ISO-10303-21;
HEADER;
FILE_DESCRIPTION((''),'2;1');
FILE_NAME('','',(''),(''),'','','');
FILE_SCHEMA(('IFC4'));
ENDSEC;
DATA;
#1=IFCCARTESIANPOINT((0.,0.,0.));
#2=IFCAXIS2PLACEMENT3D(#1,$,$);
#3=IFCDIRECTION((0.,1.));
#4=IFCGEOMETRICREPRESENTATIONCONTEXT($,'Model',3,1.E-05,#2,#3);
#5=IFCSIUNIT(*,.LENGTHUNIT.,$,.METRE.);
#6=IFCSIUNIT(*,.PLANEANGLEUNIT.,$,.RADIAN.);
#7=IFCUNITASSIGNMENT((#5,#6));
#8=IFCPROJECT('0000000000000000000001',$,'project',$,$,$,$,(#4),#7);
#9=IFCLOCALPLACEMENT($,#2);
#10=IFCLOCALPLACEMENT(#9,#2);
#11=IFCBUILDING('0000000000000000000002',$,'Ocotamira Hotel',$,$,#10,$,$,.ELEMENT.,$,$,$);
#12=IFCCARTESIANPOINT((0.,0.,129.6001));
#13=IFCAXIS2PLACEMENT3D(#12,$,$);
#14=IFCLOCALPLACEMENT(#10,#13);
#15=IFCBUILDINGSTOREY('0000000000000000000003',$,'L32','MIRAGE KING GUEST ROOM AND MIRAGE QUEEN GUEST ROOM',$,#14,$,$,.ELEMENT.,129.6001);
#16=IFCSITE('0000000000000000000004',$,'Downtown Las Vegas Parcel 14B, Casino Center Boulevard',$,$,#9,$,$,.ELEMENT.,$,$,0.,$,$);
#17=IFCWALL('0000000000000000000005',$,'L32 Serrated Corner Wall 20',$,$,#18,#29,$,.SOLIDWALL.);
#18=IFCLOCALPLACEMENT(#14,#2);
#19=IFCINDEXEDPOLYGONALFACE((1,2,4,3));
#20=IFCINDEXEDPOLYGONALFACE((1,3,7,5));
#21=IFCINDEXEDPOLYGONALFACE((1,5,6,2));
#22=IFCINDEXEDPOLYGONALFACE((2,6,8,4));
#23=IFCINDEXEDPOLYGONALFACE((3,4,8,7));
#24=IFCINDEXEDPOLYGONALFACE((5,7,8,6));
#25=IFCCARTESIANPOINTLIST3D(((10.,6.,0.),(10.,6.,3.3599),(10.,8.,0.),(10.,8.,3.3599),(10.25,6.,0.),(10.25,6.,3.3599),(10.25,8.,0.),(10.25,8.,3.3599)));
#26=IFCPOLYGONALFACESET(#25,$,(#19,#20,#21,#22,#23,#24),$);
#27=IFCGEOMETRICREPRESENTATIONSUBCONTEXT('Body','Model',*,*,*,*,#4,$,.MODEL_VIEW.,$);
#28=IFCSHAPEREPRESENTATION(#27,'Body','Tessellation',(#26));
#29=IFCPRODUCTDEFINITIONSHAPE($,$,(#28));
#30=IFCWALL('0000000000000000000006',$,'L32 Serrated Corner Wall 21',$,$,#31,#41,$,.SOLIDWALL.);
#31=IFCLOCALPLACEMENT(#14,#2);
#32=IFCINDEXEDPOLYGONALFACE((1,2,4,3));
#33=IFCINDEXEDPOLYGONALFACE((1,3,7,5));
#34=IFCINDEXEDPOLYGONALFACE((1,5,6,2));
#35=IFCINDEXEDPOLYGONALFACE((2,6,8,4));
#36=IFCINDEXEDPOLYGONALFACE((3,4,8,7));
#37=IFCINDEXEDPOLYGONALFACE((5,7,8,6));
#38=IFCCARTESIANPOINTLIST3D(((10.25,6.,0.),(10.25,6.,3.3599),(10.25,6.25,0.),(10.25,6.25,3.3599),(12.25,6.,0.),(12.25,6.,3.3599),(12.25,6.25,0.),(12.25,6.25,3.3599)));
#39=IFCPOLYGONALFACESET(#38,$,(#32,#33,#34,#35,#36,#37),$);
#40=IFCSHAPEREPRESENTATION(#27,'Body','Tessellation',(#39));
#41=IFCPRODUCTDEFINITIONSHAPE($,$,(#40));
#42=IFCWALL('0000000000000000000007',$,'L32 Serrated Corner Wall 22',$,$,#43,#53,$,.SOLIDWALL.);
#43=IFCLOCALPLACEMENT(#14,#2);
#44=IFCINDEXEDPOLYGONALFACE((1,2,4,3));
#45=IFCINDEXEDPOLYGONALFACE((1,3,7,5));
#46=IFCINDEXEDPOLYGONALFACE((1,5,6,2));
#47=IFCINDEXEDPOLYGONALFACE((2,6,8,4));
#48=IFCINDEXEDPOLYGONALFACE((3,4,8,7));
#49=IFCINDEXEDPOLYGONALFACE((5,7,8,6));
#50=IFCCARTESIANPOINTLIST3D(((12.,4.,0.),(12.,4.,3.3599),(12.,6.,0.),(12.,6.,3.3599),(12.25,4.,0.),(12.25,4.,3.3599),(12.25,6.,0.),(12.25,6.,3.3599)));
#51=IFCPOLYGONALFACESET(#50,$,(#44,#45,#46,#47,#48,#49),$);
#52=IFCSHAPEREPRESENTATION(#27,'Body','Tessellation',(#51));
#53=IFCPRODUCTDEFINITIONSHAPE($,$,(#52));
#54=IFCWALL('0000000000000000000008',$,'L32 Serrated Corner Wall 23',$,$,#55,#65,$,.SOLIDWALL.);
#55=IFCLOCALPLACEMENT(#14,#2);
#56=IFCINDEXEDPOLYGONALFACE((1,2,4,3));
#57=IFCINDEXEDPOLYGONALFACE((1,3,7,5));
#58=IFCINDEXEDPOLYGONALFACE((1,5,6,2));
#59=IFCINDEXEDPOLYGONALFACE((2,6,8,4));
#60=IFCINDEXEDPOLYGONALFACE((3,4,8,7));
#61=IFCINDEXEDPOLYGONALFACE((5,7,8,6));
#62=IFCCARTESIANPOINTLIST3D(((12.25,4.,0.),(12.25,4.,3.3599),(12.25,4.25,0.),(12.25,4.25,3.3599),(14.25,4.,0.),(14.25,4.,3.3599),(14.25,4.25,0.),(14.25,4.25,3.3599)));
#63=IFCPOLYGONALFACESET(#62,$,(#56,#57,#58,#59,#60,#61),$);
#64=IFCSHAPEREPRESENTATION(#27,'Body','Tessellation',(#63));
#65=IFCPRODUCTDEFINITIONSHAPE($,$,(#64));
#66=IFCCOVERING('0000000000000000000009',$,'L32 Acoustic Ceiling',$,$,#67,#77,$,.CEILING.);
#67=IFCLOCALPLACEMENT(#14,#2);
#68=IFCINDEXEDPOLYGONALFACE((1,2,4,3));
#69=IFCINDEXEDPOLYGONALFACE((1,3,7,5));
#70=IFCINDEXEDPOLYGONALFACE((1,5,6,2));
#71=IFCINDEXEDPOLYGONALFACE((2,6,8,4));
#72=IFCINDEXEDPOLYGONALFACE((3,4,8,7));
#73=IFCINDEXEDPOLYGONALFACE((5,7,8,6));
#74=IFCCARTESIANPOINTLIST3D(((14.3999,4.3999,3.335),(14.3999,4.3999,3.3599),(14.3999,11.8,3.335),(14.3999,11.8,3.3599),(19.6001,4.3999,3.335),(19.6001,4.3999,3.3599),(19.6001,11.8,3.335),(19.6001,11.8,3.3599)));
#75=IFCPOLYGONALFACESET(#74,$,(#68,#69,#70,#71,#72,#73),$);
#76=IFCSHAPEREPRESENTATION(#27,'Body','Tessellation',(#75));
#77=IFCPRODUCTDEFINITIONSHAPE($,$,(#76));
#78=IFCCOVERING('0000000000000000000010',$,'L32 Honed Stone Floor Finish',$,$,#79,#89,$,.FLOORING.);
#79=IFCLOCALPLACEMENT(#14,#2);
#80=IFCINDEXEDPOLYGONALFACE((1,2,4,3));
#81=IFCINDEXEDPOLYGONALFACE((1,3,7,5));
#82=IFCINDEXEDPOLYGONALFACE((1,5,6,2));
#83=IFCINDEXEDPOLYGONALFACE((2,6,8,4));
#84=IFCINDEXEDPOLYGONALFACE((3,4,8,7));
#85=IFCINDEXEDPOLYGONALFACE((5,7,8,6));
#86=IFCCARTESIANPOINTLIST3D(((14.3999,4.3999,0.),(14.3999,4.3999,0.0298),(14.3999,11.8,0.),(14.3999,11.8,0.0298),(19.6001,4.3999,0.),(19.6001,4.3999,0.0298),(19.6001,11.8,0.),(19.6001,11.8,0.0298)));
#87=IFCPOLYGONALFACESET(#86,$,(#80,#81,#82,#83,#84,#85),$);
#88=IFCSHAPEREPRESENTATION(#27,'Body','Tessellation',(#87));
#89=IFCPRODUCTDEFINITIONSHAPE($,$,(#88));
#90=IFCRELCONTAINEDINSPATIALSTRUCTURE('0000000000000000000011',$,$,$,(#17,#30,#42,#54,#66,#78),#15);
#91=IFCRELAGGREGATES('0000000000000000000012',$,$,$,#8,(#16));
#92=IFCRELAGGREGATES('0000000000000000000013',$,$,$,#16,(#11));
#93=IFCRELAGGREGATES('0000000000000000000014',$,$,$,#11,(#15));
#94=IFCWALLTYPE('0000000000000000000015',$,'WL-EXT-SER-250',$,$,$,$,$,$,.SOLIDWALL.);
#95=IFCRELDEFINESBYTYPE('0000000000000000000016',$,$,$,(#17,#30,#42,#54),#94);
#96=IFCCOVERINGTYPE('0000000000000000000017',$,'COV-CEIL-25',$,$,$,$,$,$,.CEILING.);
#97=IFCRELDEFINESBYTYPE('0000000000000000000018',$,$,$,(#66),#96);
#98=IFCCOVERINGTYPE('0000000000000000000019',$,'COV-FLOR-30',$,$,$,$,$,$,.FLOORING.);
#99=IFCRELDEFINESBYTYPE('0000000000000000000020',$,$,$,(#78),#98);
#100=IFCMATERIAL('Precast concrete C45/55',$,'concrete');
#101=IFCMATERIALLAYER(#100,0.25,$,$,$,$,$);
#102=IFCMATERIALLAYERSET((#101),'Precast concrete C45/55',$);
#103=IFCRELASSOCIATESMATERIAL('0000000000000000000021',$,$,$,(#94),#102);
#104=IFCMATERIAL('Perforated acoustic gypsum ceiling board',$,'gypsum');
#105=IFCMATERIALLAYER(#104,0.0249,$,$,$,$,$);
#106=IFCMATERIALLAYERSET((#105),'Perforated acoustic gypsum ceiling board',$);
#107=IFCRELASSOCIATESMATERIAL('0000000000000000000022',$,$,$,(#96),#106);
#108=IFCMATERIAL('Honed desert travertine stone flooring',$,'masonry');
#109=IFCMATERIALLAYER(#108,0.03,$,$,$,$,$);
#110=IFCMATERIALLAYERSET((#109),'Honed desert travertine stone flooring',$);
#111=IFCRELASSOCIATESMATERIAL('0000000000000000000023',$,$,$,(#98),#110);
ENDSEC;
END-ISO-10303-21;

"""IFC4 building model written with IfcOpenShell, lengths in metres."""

from ifc_helpers import new_model, si_unit, direction, frame, frame_2d, origin, place, context, subcontext, project, spatial, polyline, rectangle, outline, extrude, material, layer, layer_set, type_object, element, save


model = new_model("IFC4")

# Units and contexts
model_context = context("Model", 3, precision=1e-05, world=origin(), true_north=direction((0.0, 1.0)))
body_context = subcontext(model_context, "Body", "Model", "MODEL_VIEW")
ifc_project = project(units=[si_unit("LENGTHUNIT", "METRE"), si_unit("PLANEANGLEUNIT", "RADIAN")], contexts=[model_context])

# Site, building, storey
site_placement = place(None, origin())
site = spatial("IfcSite", under=ifc_project, at=site_placement, Name="Downtown Las Vegas Parcel 14B, Casino Center Boulevard", CompositionType="ELEMENT", RefElevation=0.0)
building_placement = place(site_placement, origin())
building = spatial("IfcBuilding", under=site, at=building_placement, Name="Ocotamira Hotel", CompositionType="ELEMENT")
storey_placement = place(building_placement, frame((0.0, 0.0, 129.6001)))
storey = spatial("IfcBuildingStorey", under=building, at=storey_placement, Name="L32", Description="MIRAGE KING GUEST ROOM AND MIRAGE QUEEN GUEST ROOM", CompositionType="ELEMENT", Elevation=129.6001)

# Walls
ifc_material_1 = material(Name="Precast concrete C45/55", Category="concrete")
ifc_layer_1 = layer(ifc_material_1, 0.25)
ifc_layer_set_1 = layer_set([ifc_layer_1], Name="Precast concrete C45/55")
wall_type_1 = type_object("IfcWallType", Name="WL-EXT-SER-250", PredefinedType="SOLIDWALL", material=ifc_layer_set_1)
for number, where, z_axis, x_axis, name in (
    (1, (10.125, 8.0, 0.0), (0.0, 0.0, 1.0), (0.0, -1.0, 0.0), "L32 Serrated Corner Wall 20"),
    (2, (10.25, 6.125, 0.0), (0.0, 0.0, 1.0), (1.0, 0.0, 0.0), "L32 Serrated Corner Wall 21"),
    (3, (12.125, 6.0, 0.0), (0.0, 0.0, 1.0), (0.0, -1.0, 0.0), "L32 Serrated Corner Wall 22"),
    (4, (12.25, 4.125, 0.0), (0.0, 0.0, 1.0), (1.0, 0.0, 0.0), "L32 Serrated Corner Wall 23"),
):
    element("IfcWall", number, at=place(storey_placement, frame(where, z_axis=z_axis, x_axis=x_axis)), inside=storey, type_object=wall_type_1, Name=name, PredefinedType="SOLIDWALL", context=body_context, shape_type="SweptSolid", body=[
        extrude(rectangle(XDim=2.0, YDim=0.25, at=frame_2d((1.0, 0.0))), origin(), (0.0, 0.0, 1.0), 3.3599),
    ])

# Coverings
ifc_material_2 = material(Name="Perforated acoustic gypsum ceiling board", Category="gypsum")
ifc_layer_2 = layer(ifc_material_2, 0.0249)
ifc_layer_set_2 = layer_set([ifc_layer_2], Name="Perforated acoustic gypsum ceiling board")
covering_type_1 = type_object("IfcCoveringType", Name="COV-CEIL-25", PredefinedType="CEILING", material=ifc_layer_set_2)
covering_1_placement = place(storey_placement, frame((0.0, 0.0, 3.335)))
element("IfcCovering", 5, at=covering_1_placement, inside=storey, type_object=covering_type_1, Name="L32 Acoustic Ceiling", PredefinedType="CEILING", context=body_context, shape_type="SweptSolid", body=[
    extrude(outline(polyline([(14.3999, 4.3999), (19.6001, 4.3999), (19.6001, 11.8), (14.3999, 11.8), (14.3999, 4.3999)])), origin(), (0.0, 0.0, 1.0), 0.0249),
])
ifc_material_3 = material(Name="Honed desert travertine stone flooring", Category="masonry")
ifc_layer_3 = layer(ifc_material_3, 0.03)
ifc_layer_set_3 = layer_set([ifc_layer_3], Name="Honed desert travertine stone flooring")
covering_type_2 = type_object("IfcCoveringType", Name="COV-FLOR-30", PredefinedType="FLOORING", material=ifc_layer_set_3)
covering_2_placement = place(storey_placement, origin())
element("IfcCovering", 6, at=covering_2_placement, inside=storey, type_object=covering_type_2, Name="L32 Honed Stone Floor Finish", PredefinedType="FLOORING", context=body_context, shape_type="SweptSolid", body=[
    extrude(outline(polyline([(14.3999, 4.3999), (19.6001, 4.3999), (19.6001, 11.8), (14.3999, 11.8), (14.3999, 4.3999)])), origin(), (0.0, 0.0, 1.0), 0.0298),
])

save(model, "model.ifc")
